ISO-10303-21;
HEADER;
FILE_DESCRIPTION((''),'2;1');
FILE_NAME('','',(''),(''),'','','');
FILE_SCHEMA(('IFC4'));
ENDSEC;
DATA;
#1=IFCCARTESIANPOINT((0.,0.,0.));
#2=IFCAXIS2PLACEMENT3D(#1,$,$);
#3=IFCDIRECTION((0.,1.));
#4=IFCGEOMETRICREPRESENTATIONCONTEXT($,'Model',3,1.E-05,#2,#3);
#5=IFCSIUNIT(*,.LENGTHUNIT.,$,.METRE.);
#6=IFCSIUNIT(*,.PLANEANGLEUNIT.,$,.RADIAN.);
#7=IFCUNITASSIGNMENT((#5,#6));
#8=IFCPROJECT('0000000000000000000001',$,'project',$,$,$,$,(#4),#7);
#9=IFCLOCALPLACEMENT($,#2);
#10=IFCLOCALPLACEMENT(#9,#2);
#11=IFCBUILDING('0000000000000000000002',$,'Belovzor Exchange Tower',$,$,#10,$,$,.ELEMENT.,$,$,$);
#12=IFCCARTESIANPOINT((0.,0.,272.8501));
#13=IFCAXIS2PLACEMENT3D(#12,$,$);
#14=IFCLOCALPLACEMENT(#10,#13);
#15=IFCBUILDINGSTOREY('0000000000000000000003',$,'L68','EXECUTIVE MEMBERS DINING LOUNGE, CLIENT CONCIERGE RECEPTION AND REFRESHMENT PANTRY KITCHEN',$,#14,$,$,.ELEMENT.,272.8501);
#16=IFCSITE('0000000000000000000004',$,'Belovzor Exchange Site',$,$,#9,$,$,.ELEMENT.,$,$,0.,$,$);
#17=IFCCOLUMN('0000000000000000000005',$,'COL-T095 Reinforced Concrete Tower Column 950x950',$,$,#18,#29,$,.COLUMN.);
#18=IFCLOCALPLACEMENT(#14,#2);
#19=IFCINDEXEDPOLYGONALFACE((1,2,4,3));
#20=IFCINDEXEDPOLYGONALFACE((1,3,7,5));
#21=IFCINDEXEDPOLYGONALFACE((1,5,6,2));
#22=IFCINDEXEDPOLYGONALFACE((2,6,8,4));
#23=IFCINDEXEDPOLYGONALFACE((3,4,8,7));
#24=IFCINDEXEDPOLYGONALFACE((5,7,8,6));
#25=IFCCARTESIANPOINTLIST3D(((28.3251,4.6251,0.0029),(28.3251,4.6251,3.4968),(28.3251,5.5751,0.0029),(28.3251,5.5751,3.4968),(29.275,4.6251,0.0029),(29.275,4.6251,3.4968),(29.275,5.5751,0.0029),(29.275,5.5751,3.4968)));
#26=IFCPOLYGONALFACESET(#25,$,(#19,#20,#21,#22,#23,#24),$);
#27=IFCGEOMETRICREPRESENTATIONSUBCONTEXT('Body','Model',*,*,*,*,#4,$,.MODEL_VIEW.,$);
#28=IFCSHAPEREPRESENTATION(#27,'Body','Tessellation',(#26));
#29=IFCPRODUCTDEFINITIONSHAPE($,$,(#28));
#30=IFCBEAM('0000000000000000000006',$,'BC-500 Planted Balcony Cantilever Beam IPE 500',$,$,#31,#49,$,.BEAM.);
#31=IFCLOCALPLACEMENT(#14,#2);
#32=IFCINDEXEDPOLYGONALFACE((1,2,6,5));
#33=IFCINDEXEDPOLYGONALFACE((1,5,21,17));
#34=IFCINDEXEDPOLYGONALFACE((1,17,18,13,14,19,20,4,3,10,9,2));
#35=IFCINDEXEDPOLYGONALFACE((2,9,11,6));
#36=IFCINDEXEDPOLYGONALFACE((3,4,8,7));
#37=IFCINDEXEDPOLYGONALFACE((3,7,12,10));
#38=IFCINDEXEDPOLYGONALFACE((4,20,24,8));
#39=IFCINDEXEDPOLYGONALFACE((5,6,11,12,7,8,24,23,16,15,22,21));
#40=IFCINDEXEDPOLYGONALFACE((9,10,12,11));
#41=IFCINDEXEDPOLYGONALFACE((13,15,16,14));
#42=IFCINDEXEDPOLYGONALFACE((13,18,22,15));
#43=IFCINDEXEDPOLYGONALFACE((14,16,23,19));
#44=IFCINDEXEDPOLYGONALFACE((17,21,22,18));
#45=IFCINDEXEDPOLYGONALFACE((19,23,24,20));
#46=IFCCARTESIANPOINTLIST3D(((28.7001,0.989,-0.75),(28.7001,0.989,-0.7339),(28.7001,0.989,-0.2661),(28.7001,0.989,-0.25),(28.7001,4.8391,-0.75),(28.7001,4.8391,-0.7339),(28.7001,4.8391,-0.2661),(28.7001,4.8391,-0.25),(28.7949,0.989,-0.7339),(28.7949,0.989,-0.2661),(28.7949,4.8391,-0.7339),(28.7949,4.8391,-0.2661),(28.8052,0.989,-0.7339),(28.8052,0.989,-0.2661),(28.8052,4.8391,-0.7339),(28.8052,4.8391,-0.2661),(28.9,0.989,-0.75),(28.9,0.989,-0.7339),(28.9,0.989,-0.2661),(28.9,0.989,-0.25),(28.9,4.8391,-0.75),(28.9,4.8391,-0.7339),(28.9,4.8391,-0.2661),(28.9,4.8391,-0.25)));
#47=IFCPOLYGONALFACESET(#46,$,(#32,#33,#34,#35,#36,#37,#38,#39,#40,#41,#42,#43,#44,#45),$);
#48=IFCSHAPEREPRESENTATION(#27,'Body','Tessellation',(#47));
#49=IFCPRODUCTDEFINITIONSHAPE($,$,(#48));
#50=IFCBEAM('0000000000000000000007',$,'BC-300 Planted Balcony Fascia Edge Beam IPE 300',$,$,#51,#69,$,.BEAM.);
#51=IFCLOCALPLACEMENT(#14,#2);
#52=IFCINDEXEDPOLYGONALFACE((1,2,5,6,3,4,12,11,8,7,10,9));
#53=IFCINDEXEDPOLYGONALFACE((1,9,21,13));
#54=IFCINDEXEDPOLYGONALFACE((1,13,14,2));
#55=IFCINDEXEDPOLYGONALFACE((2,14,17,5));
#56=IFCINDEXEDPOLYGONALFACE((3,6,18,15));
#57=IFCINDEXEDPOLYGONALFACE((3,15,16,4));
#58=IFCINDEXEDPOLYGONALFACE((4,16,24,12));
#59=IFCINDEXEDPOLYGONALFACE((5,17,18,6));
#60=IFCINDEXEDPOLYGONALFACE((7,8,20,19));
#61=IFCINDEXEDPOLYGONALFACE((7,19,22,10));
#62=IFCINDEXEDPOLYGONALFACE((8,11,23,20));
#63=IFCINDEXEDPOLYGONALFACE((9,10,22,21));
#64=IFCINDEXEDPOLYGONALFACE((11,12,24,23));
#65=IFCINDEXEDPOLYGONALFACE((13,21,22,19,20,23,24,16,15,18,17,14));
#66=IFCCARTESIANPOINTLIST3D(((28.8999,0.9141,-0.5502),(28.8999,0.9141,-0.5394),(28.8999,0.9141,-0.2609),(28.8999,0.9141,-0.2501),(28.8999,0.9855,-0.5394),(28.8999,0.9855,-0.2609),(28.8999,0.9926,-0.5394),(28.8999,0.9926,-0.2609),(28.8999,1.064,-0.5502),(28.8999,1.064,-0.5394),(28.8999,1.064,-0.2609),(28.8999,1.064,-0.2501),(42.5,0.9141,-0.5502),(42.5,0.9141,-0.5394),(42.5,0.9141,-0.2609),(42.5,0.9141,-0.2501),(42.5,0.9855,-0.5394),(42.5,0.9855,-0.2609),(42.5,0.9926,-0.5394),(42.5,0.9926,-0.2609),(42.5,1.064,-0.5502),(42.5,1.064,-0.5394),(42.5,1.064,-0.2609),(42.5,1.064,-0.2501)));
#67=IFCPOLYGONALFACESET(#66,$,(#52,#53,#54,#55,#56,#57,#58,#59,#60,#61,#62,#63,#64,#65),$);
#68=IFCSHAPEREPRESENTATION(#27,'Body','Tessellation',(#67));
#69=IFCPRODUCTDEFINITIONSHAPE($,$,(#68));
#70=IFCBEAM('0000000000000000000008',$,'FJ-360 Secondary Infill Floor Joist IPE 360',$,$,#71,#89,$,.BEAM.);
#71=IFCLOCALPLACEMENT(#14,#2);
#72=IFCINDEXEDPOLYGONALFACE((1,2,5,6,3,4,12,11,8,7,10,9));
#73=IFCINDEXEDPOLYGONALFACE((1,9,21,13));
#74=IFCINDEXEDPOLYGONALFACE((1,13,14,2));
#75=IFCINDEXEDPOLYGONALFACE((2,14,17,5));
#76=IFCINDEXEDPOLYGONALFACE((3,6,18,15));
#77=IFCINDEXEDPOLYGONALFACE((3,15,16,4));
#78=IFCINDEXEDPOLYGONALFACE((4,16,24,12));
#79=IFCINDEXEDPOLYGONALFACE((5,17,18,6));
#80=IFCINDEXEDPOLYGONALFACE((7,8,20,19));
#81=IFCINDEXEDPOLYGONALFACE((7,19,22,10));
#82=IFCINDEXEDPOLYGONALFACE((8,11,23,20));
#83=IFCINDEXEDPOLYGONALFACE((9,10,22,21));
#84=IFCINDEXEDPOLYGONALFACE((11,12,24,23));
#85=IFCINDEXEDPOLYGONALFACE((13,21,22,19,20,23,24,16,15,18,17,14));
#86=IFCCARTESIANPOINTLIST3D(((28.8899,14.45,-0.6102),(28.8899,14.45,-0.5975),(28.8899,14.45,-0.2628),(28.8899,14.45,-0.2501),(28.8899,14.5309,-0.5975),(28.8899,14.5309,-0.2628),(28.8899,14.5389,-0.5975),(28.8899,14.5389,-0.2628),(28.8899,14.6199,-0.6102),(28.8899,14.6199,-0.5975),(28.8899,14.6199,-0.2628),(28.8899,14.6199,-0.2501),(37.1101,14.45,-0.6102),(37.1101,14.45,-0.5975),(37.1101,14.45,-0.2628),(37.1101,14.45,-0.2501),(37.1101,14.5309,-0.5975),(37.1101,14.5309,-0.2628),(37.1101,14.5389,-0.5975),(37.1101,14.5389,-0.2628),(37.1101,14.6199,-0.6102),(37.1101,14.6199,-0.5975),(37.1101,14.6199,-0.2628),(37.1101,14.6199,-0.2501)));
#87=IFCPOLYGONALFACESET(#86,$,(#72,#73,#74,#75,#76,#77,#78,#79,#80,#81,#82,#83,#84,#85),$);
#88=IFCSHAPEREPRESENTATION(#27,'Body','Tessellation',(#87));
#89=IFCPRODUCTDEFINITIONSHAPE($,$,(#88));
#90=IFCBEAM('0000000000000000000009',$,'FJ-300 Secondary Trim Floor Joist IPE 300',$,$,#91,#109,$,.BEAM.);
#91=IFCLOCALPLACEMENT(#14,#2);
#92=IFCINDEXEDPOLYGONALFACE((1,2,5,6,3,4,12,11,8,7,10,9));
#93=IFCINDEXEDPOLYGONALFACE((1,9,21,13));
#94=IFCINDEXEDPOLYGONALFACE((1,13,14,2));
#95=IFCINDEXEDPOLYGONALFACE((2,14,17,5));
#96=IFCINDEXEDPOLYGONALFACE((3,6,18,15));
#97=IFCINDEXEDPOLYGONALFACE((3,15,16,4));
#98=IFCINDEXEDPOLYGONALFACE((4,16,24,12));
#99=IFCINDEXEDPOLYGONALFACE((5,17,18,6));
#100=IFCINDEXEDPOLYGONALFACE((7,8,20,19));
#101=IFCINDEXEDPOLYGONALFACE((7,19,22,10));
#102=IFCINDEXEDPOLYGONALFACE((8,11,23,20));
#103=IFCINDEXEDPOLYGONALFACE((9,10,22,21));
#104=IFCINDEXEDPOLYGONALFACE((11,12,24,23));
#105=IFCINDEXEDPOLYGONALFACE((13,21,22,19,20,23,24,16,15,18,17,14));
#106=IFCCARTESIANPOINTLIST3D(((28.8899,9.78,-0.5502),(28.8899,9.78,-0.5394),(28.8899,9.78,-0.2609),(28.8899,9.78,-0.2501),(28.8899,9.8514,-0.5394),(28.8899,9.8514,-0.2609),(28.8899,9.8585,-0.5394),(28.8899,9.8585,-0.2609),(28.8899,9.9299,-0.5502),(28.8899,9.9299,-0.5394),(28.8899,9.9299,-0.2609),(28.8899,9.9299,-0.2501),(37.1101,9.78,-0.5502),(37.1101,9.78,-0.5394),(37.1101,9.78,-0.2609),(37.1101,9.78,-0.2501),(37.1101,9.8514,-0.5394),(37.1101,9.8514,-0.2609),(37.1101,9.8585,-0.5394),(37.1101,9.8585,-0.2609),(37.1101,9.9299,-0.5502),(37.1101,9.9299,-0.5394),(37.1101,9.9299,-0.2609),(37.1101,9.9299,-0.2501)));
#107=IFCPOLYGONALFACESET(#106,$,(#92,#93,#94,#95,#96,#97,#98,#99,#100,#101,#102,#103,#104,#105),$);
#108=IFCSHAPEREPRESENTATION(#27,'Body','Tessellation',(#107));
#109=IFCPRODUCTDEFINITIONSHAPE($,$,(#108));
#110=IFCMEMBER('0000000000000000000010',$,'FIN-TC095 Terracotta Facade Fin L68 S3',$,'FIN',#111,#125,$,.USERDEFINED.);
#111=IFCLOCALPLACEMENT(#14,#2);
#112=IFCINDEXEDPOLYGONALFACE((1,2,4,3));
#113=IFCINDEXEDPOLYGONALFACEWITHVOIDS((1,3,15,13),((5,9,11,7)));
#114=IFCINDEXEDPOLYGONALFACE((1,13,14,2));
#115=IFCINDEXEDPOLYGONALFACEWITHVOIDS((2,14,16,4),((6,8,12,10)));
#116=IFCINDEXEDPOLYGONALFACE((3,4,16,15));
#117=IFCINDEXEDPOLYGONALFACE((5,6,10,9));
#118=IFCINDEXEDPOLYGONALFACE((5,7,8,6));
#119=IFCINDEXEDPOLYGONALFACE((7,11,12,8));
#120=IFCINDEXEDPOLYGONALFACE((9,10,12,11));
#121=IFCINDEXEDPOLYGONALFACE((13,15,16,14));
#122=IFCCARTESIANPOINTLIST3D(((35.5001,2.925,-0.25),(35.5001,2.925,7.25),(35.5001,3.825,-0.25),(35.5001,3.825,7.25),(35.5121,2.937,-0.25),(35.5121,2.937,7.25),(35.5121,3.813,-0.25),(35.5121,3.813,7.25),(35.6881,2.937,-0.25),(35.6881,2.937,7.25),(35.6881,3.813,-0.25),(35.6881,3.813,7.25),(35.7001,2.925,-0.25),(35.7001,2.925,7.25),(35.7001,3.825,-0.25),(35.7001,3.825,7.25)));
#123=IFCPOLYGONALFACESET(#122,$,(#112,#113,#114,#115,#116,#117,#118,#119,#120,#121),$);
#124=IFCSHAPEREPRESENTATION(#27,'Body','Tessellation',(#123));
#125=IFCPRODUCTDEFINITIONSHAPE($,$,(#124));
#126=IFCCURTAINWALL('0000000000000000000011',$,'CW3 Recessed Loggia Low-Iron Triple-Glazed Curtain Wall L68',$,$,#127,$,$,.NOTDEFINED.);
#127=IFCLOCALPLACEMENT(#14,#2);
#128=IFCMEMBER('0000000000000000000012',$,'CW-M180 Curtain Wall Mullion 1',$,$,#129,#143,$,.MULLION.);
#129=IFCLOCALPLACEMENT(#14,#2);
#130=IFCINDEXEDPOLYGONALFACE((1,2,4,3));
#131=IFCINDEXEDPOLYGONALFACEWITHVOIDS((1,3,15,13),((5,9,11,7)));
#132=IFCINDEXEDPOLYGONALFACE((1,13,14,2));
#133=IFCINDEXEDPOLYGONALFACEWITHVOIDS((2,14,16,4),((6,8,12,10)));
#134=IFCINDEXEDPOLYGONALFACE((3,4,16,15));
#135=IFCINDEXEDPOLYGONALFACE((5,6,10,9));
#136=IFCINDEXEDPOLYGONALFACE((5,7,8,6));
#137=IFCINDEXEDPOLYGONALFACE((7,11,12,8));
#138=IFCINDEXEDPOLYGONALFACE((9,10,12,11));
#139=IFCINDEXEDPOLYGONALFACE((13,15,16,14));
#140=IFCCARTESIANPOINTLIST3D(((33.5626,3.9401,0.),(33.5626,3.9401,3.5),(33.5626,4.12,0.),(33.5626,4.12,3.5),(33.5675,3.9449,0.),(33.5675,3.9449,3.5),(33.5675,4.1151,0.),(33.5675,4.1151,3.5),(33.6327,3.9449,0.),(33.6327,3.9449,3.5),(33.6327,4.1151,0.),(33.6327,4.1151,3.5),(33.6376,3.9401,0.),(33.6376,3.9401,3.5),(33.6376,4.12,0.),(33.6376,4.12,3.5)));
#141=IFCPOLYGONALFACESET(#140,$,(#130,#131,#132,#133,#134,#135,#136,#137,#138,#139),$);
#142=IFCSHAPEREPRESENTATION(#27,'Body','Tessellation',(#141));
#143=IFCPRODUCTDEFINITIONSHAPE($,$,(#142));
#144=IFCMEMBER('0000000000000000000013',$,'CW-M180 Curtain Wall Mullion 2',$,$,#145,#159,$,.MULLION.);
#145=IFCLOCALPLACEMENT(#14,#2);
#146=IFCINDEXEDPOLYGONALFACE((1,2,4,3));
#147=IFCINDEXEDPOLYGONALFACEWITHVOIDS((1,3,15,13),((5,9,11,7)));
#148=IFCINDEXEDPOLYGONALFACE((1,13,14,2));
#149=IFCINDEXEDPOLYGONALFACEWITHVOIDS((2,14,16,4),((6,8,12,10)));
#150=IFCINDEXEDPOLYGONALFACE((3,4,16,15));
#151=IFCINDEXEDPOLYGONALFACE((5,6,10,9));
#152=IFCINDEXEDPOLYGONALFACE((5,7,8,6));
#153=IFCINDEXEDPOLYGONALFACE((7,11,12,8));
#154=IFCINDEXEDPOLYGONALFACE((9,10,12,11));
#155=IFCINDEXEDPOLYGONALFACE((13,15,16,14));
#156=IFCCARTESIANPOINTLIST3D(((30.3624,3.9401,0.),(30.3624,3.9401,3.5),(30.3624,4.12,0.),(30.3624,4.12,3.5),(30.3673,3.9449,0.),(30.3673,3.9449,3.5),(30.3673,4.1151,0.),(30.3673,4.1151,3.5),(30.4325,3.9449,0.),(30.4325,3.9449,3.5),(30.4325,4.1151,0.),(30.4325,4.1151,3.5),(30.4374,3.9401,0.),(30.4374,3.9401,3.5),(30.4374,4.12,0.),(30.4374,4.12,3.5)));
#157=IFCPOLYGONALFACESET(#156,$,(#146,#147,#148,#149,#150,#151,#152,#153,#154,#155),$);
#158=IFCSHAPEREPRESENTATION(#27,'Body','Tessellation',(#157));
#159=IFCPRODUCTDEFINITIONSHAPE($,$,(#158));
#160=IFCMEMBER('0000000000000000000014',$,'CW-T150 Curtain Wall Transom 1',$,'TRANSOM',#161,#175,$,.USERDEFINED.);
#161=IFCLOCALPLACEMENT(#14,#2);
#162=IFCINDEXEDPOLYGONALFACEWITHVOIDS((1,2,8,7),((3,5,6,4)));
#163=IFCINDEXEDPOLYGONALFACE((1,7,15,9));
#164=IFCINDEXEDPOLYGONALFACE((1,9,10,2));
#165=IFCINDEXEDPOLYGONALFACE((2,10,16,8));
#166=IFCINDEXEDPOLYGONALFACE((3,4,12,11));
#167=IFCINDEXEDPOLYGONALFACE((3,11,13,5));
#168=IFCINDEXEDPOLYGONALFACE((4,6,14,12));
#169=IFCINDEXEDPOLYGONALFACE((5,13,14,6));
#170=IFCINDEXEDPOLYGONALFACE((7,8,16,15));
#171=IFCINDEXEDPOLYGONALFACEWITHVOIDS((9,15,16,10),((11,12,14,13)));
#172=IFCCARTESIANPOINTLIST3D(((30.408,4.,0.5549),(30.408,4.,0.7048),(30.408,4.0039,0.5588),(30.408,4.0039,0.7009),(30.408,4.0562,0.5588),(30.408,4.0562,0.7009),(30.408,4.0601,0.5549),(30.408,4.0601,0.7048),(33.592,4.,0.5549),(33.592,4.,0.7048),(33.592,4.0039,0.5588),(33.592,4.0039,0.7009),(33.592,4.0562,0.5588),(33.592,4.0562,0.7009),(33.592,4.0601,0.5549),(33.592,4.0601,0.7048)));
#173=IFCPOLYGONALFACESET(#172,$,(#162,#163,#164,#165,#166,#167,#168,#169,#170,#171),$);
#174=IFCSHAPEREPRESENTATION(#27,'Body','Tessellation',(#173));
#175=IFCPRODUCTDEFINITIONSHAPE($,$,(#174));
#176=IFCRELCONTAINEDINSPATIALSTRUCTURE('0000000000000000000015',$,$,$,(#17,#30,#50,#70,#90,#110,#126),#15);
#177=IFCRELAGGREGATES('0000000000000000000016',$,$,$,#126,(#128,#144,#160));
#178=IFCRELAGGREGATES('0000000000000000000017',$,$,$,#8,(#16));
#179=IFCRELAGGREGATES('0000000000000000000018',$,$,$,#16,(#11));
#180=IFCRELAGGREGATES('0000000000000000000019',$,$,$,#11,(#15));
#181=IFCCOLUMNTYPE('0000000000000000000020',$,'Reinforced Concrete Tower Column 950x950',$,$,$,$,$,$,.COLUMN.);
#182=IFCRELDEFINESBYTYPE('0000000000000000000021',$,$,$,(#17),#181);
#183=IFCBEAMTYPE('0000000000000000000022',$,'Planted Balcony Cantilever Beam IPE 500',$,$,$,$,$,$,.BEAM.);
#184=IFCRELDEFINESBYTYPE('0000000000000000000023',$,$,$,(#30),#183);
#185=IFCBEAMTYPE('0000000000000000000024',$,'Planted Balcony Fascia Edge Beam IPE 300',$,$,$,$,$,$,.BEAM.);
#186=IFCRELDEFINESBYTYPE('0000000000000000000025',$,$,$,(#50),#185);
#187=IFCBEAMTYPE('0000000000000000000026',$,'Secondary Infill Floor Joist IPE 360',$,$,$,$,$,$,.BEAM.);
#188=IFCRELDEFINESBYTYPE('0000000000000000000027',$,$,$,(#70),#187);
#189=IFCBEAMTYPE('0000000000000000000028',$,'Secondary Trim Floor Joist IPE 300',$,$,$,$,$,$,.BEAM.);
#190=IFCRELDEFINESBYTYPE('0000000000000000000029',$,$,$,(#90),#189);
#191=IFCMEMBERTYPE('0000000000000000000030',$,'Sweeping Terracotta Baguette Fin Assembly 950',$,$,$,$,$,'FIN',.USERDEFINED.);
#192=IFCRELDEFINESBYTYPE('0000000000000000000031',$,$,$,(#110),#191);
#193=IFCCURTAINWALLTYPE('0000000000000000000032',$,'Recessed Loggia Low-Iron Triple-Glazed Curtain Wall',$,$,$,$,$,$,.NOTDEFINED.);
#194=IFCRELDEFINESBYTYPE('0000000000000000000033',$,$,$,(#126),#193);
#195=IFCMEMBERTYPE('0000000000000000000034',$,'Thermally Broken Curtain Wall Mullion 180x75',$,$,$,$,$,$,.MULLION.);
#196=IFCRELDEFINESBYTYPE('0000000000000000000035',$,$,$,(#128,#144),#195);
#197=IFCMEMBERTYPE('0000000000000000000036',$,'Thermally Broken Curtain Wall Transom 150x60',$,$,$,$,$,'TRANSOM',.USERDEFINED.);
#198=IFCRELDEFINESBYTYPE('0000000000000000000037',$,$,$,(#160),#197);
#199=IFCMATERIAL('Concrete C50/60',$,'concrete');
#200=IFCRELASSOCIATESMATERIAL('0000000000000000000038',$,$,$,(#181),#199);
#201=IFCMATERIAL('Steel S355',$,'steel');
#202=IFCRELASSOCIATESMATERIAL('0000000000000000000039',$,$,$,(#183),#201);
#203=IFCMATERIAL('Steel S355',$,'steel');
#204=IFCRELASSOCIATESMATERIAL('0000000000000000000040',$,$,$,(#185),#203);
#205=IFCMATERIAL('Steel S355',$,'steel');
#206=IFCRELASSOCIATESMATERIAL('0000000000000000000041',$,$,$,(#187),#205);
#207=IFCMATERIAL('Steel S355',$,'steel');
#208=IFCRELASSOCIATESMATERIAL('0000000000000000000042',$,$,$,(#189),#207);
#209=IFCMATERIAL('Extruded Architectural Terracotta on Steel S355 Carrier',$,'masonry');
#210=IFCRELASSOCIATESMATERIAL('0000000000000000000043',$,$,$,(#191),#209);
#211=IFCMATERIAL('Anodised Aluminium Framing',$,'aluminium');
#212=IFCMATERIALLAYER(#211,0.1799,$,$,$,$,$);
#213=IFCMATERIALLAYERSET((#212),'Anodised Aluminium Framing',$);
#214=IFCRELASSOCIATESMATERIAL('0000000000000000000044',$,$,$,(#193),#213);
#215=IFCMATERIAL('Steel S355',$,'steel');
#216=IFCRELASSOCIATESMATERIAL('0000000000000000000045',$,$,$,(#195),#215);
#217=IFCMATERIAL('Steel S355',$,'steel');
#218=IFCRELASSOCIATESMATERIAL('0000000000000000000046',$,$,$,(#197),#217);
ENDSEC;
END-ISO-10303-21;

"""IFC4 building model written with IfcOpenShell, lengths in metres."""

from ifc_helpers import new_model, si_unit, direction, frame, origin, origin_2d, place, context, subcontext, project, spatial, rectangle, hollow_rectangle, i_section, extrude, material, layer, layer_set, material_profile, profile_set, type_object, element, aggregate, save


model = new_model("IFC4")

# Units and contexts
model_context = context("Model", 3, precision=1e-05, world=origin(), true_north=direction((0.0, 1.0)))
body_context = subcontext(model_context, "Body", "Model", "MODEL_VIEW")
ifc_project = project(units=[si_unit("LENGTHUNIT", "METRE"), si_unit("PLANEANGLEUNIT", "RADIAN")], contexts=[model_context])

# Site, building, storey
site_placement = place(None, origin())
site = spatial("IfcSite", under=ifc_project, at=site_placement, Name="Belovzor Exchange Site", CompositionType="ELEMENT", RefElevation=0.0)
building_placement = place(site_placement, origin())
building = spatial("IfcBuilding", under=site, at=building_placement, Name="Belovzor Exchange Tower", CompositionType="ELEMENT")
storey_placement = place(building_placement, frame((0.0, 0.0, 272.8501)))
storey = spatial("IfcBuildingStorey", under=building, at=storey_placement, Name="L68", Description="EXECUTIVE MEMBERS DINING LOUNGE, CLIENT CONCIERGE RECEPTION AND REFRESHMENT PANTRY KITCHEN", CompositionType="ELEMENT", Elevation=272.8501)

# Column
ifc_material_1 = material(Name="Concrete C50/60", Category="concrete")
ifc_material_profile_1 = material_profile(ifc_material_1, rectangle(XDim=0.95, YDim=0.95, at=origin_2d()))
ifc_profile_set_1 = profile_set([ifc_material_profile_1], Name="Concrete C50/60")
column_type = type_object("IfcColumnType", Name="Reinforced Concrete Tower Column 950x950", PredefinedType="COLUMN", material=ifc_profile_set_1)
column_placement = place(storey_placement, frame((28.8, 5.1001, 0.0029), z_axis=(0.0, 0.0, 1.0), x_axis=(1.0, 0.0, 0.0)))
element("IfcColumn", 1, at=column_placement, inside=storey, type_object=column_type, Name="COL-T095 Reinforced Concrete Tower Column 950x950", PredefinedType="COLUMN", context=body_context, shape_type="SweptSolid", body=[
    extrude(rectangle(XDim=0.95, YDim=0.95, at=origin_2d()), origin(), (0.0, 0.0, 1.0), 3.4939),
])

# Beams
ifc_material_2 = material(Name="Steel S355", Category="steel")
ifc_material_profile_2 = material_profile(ifc_material_2, i_section(OverallWidth=0.2, OverallDepth=0.5, WebThickness=0.0103, FlangeThickness=0.0161, at=origin_2d()))
ifc_profile_set_2 = profile_set([ifc_material_profile_2], Name="Steel S355")
beam_type_1 = type_object("IfcBeamType", Name="Planted Balcony Cantilever Beam IPE 500", PredefinedType="BEAM", material=ifc_profile_set_2)
beam_1_placement = place(storey_placement, frame((28.8, 4.8391, -0.5), z_axis=(0.0, -1.0, 0.0), x_axis=(1.0, 0.0, 0.0)))
element("IfcBeam", 2, at=beam_1_placement, inside=storey, type_object=beam_type_1, Name="BC-500 Planted Balcony Cantilever Beam IPE 500", PredefinedType="BEAM", context=body_context, shape_type="SweptSolid", body=[
    extrude(i_section(OverallWidth=0.2, OverallDepth=0.5, WebThickness=0.0103, FlangeThickness=0.0161, at=origin_2d()), origin(), (0.0, 0.0, 1.0), 3.8501),
])
ifc_material_3 = material(Name="Steel S355", Category="steel")
ifc_material_profile_3 = material_profile(ifc_material_3, i_section(OverallWidth=0.1499, OverallDepth=0.3, WebThickness=0.0071, FlangeThickness=0.0107, at=origin_2d()))
ifc_profile_set_3 = profile_set([ifc_material_profile_3], Name="Steel S355")
beam_type_2 = type_object("IfcBeamType", Name="Planted Balcony Fascia Edge Beam IPE 300", PredefinedType="BEAM", material=ifc_profile_set_3)
beam_2_placement = place(storey_placement, frame((28.8999, 0.989, -0.4001), z_axis=(1.0, 0.0, 0.0), x_axis=(0.0, 1.0, 0.0)))
element("IfcBeam", 3, at=beam_2_placement, inside=storey, type_object=beam_type_2, Name="BC-300 Planted Balcony Fascia Edge Beam IPE 300", PredefinedType="BEAM", context=body_context, shape_type="SweptSolid", body=[
    extrude(i_section(OverallWidth=0.1499, OverallDepth=0.3, WebThickness=0.0071, FlangeThickness=0.0107, at=origin_2d()), origin(), (0.0, 0.0, 1.0), 13.6001),
])
ifc_material_4 = material(Name="Steel S355", Category="steel")
ifc_material_profile_4 = material_profile(ifc_material_4, i_section(OverallWidth=0.1699, OverallDepth=0.3601, WebThickness=0.0081, FlangeThickness=0.0127, at=origin_2d()))
ifc_profile_set_4 = profile_set([ifc_material_profile_4], Name="Steel S355")
beam_type_3 = type_object("IfcBeamType", Name="Secondary Infill Floor Joist IPE 360", PredefinedType="BEAM", material=ifc_profile_set_4)
beam_3_placement = place(storey_placement, frame((28.8899, 14.5349, -0.4302), z_axis=(1.0, 0.0, 0.0), x_axis=(0.0, 1.0, 0.0)))
element("IfcBeam", 4, at=beam_3_placement, inside=storey, type_object=beam_type_3, Name="FJ-360 Secondary Infill Floor Joist IPE 360", PredefinedType="BEAM", context=body_context, shape_type="SweptSolid", body=[
    extrude(i_section(OverallWidth=0.1699, OverallDepth=0.3601, WebThickness=0.0081, FlangeThickness=0.0127, at=origin_2d()), origin(), (0.0, 0.0, 1.0), 8.2202),
])
ifc_material_5 = material(Name="Steel S355", Category="steel")
ifc_material_profile_5 = material_profile(ifc_material_5, i_section(OverallWidth=0.1499, OverallDepth=0.3, WebThickness=0.0071, FlangeThickness=0.0107, at=origin_2d()))
ifc_profile_set_5 = profile_set([ifc_material_profile_5], Name="Steel S355")
beam_type_4 = type_object("IfcBeamType", Name="Secondary Trim Floor Joist IPE 300", PredefinedType="BEAM", material=ifc_profile_set_5)
beam_4_placement = place(storey_placement, frame((28.8899, 9.855, -0.4001), z_axis=(1.0, 0.0, 0.0), x_axis=(0.0, 1.0, 0.0)))
element("IfcBeam", 5, at=beam_4_placement, inside=storey, type_object=beam_type_4, Name="FJ-300 Secondary Trim Floor Joist IPE 300", PredefinedType="BEAM", context=body_context, shape_type="SweptSolid", body=[
    extrude(i_section(OverallWidth=0.1499, OverallDepth=0.3, WebThickness=0.0071, FlangeThickness=0.0107, at=origin_2d()), origin(), (0.0, 0.0, 1.0), 8.2202),
])

# Member
ifc_material_6 = material(Name="Extruded Architectural Terracotta on Steel S355 Carrier", Category="masonry")
ifc_material_profile_6 = material_profile(ifc_material_6, hollow_rectangle(XDim=0.2, YDim=0.8999, WallThickness=0.012, at=origin_2d()))
ifc_profile_set_6 = profile_set([ifc_material_profile_6], Name="Extruded Architectural Terracotta on Steel S355 Carrier")
member_type_1 = type_object("IfcMemberType", Name="Sweeping Terracotta Baguette Fin Assembly 950", ElementType="FIN", PredefinedType="USERDEFINED", material=ifc_profile_set_6)
member_1_placement = place(storey_placement, frame((35.6001, 3.375, -0.25), z_axis=(0.0, 0.0, 1.0), x_axis=(1.0, 0.0, 0.0)))
element("IfcMember", 6, at=member_1_placement, inside=storey, type_object=member_type_1, Name="FIN-TC095 Terracotta Facade Fin L68 S3", ObjectType="FIN", PredefinedType="USERDEFINED", context=body_context, shape_type="SweptSolid", body=[
    extrude(hollow_rectangle(XDim=0.2, YDim=0.8999, WallThickness=0.012, at=origin_2d()), origin(), (0.0, 0.0, 1.0), 7.5),
])

# Curtain wall, members
ifc_material_7 = material(Name="Anodised Aluminium Framing", Category="aluminium")
ifc_layer_1 = layer(ifc_material_7, 0.1799)
ifc_layer_set_1 = layer_set([ifc_layer_1], Name="Anodised Aluminium Framing")
curtain_wall_type = type_object("IfcCurtainWallType", Name="Recessed Loggia Low-Iron Triple-Glazed Curtain Wall", PredefinedType="NOTDEFINED", material=ifc_layer_set_1)
curtain_wall_placement = place(storey_placement, origin())
curtain_wall = element("IfcCurtainWall", 7, at=curtain_wall_placement, inside=storey, type_object=curtain_wall_type, Name="CW3 Recessed Loggia Low-Iron Triple-Glazed Curtain Wall L68", PredefinedType="NOTDEFINED")
ifc_material_8 = material(Name="Steel S355", Category="steel")
ifc_material_profile_7 = material_profile(ifc_material_8, hollow_rectangle(XDim=0.075, YDim=0.1799, WallThickness=0.0049, at=origin_2d()))
ifc_profile_set_7 = profile_set([ifc_material_profile_7], Name="Steel S355")
member_type_2 = type_object("IfcMemberType", Name="Thermally Broken Curtain Wall Mullion 180x75", PredefinedType="MULLION", material=ifc_profile_set_7)
member_2_placement = place(storey_placement, frame((33.6001, 4.03, 0.0), z_axis=(0.0, 0.0, 1.0), x_axis=(-1.0, 0.0, 0.0)))
member_2 = element("IfcMember", 8, at=member_2_placement, type_object=member_type_2, Name="CW-M180 Curtain Wall Mullion 1", PredefinedType="MULLION", context=body_context, shape_type="SweptSolid", body=[
    extrude(hollow_rectangle(XDim=0.075, YDim=0.1799, WallThickness=0.0049, at=origin_2d()), origin(), (0.0, 0.0, 1.0), 3.5),
])
member_3_placement = place(storey_placement, frame((30.3999, 4.03, 0.0), z_axis=(0.0, 0.0, 1.0), x_axis=(-1.0, 0.0, 0.0)))
member_3 = element("IfcMember", 9, at=member_3_placement, type_object=member_type_2, Name="CW-M180 Curtain Wall Mullion 2", PredefinedType="MULLION", context=body_context, shape_type="SweptSolid", body=[
    extrude(hollow_rectangle(XDim=0.075, YDim=0.1799, WallThickness=0.0049, at=origin_2d()), origin(), (0.0, 0.0, 1.0), 3.5),
])
ifc_material_9 = material(Name="Steel S355", Category="steel")
ifc_material_profile_8 = material_profile(ifc_material_9, hollow_rectangle(XDim=0.0601, YDim=0.1499, WallThickness=0.0039, at=origin_2d()))
ifc_profile_set_8 = profile_set([ifc_material_profile_8], Name="Steel S355")
member_type_3 = type_object("IfcMemberType", Name="Thermally Broken Curtain Wall Transom 150x60", ElementType="TRANSOM", PredefinedType="USERDEFINED", material=ifc_profile_set_8)
member_4_placement = place(storey_placement, frame((33.592, 4.03, 0.6299), z_axis=(-1.0, 0.0, 0.0), x_axis=(0.0, -1.0, 0.0)))
member_4 = element("IfcMember", 10, at=member_4_placement, type_object=member_type_3, Name="CW-T150 Curtain Wall Transom 1", ObjectType="TRANSOM", PredefinedType="USERDEFINED", context=body_context, shape_type="SweptSolid", body=[
    extrude(hollow_rectangle(XDim=0.0601, YDim=0.1499, WallThickness=0.0039, at=origin_2d()), origin(), (0.0, 0.0, 1.0), 3.1841),
])

aggregate(curtain_wall, [member_2, member_3, member_4])

save(model, "model.ifc")
